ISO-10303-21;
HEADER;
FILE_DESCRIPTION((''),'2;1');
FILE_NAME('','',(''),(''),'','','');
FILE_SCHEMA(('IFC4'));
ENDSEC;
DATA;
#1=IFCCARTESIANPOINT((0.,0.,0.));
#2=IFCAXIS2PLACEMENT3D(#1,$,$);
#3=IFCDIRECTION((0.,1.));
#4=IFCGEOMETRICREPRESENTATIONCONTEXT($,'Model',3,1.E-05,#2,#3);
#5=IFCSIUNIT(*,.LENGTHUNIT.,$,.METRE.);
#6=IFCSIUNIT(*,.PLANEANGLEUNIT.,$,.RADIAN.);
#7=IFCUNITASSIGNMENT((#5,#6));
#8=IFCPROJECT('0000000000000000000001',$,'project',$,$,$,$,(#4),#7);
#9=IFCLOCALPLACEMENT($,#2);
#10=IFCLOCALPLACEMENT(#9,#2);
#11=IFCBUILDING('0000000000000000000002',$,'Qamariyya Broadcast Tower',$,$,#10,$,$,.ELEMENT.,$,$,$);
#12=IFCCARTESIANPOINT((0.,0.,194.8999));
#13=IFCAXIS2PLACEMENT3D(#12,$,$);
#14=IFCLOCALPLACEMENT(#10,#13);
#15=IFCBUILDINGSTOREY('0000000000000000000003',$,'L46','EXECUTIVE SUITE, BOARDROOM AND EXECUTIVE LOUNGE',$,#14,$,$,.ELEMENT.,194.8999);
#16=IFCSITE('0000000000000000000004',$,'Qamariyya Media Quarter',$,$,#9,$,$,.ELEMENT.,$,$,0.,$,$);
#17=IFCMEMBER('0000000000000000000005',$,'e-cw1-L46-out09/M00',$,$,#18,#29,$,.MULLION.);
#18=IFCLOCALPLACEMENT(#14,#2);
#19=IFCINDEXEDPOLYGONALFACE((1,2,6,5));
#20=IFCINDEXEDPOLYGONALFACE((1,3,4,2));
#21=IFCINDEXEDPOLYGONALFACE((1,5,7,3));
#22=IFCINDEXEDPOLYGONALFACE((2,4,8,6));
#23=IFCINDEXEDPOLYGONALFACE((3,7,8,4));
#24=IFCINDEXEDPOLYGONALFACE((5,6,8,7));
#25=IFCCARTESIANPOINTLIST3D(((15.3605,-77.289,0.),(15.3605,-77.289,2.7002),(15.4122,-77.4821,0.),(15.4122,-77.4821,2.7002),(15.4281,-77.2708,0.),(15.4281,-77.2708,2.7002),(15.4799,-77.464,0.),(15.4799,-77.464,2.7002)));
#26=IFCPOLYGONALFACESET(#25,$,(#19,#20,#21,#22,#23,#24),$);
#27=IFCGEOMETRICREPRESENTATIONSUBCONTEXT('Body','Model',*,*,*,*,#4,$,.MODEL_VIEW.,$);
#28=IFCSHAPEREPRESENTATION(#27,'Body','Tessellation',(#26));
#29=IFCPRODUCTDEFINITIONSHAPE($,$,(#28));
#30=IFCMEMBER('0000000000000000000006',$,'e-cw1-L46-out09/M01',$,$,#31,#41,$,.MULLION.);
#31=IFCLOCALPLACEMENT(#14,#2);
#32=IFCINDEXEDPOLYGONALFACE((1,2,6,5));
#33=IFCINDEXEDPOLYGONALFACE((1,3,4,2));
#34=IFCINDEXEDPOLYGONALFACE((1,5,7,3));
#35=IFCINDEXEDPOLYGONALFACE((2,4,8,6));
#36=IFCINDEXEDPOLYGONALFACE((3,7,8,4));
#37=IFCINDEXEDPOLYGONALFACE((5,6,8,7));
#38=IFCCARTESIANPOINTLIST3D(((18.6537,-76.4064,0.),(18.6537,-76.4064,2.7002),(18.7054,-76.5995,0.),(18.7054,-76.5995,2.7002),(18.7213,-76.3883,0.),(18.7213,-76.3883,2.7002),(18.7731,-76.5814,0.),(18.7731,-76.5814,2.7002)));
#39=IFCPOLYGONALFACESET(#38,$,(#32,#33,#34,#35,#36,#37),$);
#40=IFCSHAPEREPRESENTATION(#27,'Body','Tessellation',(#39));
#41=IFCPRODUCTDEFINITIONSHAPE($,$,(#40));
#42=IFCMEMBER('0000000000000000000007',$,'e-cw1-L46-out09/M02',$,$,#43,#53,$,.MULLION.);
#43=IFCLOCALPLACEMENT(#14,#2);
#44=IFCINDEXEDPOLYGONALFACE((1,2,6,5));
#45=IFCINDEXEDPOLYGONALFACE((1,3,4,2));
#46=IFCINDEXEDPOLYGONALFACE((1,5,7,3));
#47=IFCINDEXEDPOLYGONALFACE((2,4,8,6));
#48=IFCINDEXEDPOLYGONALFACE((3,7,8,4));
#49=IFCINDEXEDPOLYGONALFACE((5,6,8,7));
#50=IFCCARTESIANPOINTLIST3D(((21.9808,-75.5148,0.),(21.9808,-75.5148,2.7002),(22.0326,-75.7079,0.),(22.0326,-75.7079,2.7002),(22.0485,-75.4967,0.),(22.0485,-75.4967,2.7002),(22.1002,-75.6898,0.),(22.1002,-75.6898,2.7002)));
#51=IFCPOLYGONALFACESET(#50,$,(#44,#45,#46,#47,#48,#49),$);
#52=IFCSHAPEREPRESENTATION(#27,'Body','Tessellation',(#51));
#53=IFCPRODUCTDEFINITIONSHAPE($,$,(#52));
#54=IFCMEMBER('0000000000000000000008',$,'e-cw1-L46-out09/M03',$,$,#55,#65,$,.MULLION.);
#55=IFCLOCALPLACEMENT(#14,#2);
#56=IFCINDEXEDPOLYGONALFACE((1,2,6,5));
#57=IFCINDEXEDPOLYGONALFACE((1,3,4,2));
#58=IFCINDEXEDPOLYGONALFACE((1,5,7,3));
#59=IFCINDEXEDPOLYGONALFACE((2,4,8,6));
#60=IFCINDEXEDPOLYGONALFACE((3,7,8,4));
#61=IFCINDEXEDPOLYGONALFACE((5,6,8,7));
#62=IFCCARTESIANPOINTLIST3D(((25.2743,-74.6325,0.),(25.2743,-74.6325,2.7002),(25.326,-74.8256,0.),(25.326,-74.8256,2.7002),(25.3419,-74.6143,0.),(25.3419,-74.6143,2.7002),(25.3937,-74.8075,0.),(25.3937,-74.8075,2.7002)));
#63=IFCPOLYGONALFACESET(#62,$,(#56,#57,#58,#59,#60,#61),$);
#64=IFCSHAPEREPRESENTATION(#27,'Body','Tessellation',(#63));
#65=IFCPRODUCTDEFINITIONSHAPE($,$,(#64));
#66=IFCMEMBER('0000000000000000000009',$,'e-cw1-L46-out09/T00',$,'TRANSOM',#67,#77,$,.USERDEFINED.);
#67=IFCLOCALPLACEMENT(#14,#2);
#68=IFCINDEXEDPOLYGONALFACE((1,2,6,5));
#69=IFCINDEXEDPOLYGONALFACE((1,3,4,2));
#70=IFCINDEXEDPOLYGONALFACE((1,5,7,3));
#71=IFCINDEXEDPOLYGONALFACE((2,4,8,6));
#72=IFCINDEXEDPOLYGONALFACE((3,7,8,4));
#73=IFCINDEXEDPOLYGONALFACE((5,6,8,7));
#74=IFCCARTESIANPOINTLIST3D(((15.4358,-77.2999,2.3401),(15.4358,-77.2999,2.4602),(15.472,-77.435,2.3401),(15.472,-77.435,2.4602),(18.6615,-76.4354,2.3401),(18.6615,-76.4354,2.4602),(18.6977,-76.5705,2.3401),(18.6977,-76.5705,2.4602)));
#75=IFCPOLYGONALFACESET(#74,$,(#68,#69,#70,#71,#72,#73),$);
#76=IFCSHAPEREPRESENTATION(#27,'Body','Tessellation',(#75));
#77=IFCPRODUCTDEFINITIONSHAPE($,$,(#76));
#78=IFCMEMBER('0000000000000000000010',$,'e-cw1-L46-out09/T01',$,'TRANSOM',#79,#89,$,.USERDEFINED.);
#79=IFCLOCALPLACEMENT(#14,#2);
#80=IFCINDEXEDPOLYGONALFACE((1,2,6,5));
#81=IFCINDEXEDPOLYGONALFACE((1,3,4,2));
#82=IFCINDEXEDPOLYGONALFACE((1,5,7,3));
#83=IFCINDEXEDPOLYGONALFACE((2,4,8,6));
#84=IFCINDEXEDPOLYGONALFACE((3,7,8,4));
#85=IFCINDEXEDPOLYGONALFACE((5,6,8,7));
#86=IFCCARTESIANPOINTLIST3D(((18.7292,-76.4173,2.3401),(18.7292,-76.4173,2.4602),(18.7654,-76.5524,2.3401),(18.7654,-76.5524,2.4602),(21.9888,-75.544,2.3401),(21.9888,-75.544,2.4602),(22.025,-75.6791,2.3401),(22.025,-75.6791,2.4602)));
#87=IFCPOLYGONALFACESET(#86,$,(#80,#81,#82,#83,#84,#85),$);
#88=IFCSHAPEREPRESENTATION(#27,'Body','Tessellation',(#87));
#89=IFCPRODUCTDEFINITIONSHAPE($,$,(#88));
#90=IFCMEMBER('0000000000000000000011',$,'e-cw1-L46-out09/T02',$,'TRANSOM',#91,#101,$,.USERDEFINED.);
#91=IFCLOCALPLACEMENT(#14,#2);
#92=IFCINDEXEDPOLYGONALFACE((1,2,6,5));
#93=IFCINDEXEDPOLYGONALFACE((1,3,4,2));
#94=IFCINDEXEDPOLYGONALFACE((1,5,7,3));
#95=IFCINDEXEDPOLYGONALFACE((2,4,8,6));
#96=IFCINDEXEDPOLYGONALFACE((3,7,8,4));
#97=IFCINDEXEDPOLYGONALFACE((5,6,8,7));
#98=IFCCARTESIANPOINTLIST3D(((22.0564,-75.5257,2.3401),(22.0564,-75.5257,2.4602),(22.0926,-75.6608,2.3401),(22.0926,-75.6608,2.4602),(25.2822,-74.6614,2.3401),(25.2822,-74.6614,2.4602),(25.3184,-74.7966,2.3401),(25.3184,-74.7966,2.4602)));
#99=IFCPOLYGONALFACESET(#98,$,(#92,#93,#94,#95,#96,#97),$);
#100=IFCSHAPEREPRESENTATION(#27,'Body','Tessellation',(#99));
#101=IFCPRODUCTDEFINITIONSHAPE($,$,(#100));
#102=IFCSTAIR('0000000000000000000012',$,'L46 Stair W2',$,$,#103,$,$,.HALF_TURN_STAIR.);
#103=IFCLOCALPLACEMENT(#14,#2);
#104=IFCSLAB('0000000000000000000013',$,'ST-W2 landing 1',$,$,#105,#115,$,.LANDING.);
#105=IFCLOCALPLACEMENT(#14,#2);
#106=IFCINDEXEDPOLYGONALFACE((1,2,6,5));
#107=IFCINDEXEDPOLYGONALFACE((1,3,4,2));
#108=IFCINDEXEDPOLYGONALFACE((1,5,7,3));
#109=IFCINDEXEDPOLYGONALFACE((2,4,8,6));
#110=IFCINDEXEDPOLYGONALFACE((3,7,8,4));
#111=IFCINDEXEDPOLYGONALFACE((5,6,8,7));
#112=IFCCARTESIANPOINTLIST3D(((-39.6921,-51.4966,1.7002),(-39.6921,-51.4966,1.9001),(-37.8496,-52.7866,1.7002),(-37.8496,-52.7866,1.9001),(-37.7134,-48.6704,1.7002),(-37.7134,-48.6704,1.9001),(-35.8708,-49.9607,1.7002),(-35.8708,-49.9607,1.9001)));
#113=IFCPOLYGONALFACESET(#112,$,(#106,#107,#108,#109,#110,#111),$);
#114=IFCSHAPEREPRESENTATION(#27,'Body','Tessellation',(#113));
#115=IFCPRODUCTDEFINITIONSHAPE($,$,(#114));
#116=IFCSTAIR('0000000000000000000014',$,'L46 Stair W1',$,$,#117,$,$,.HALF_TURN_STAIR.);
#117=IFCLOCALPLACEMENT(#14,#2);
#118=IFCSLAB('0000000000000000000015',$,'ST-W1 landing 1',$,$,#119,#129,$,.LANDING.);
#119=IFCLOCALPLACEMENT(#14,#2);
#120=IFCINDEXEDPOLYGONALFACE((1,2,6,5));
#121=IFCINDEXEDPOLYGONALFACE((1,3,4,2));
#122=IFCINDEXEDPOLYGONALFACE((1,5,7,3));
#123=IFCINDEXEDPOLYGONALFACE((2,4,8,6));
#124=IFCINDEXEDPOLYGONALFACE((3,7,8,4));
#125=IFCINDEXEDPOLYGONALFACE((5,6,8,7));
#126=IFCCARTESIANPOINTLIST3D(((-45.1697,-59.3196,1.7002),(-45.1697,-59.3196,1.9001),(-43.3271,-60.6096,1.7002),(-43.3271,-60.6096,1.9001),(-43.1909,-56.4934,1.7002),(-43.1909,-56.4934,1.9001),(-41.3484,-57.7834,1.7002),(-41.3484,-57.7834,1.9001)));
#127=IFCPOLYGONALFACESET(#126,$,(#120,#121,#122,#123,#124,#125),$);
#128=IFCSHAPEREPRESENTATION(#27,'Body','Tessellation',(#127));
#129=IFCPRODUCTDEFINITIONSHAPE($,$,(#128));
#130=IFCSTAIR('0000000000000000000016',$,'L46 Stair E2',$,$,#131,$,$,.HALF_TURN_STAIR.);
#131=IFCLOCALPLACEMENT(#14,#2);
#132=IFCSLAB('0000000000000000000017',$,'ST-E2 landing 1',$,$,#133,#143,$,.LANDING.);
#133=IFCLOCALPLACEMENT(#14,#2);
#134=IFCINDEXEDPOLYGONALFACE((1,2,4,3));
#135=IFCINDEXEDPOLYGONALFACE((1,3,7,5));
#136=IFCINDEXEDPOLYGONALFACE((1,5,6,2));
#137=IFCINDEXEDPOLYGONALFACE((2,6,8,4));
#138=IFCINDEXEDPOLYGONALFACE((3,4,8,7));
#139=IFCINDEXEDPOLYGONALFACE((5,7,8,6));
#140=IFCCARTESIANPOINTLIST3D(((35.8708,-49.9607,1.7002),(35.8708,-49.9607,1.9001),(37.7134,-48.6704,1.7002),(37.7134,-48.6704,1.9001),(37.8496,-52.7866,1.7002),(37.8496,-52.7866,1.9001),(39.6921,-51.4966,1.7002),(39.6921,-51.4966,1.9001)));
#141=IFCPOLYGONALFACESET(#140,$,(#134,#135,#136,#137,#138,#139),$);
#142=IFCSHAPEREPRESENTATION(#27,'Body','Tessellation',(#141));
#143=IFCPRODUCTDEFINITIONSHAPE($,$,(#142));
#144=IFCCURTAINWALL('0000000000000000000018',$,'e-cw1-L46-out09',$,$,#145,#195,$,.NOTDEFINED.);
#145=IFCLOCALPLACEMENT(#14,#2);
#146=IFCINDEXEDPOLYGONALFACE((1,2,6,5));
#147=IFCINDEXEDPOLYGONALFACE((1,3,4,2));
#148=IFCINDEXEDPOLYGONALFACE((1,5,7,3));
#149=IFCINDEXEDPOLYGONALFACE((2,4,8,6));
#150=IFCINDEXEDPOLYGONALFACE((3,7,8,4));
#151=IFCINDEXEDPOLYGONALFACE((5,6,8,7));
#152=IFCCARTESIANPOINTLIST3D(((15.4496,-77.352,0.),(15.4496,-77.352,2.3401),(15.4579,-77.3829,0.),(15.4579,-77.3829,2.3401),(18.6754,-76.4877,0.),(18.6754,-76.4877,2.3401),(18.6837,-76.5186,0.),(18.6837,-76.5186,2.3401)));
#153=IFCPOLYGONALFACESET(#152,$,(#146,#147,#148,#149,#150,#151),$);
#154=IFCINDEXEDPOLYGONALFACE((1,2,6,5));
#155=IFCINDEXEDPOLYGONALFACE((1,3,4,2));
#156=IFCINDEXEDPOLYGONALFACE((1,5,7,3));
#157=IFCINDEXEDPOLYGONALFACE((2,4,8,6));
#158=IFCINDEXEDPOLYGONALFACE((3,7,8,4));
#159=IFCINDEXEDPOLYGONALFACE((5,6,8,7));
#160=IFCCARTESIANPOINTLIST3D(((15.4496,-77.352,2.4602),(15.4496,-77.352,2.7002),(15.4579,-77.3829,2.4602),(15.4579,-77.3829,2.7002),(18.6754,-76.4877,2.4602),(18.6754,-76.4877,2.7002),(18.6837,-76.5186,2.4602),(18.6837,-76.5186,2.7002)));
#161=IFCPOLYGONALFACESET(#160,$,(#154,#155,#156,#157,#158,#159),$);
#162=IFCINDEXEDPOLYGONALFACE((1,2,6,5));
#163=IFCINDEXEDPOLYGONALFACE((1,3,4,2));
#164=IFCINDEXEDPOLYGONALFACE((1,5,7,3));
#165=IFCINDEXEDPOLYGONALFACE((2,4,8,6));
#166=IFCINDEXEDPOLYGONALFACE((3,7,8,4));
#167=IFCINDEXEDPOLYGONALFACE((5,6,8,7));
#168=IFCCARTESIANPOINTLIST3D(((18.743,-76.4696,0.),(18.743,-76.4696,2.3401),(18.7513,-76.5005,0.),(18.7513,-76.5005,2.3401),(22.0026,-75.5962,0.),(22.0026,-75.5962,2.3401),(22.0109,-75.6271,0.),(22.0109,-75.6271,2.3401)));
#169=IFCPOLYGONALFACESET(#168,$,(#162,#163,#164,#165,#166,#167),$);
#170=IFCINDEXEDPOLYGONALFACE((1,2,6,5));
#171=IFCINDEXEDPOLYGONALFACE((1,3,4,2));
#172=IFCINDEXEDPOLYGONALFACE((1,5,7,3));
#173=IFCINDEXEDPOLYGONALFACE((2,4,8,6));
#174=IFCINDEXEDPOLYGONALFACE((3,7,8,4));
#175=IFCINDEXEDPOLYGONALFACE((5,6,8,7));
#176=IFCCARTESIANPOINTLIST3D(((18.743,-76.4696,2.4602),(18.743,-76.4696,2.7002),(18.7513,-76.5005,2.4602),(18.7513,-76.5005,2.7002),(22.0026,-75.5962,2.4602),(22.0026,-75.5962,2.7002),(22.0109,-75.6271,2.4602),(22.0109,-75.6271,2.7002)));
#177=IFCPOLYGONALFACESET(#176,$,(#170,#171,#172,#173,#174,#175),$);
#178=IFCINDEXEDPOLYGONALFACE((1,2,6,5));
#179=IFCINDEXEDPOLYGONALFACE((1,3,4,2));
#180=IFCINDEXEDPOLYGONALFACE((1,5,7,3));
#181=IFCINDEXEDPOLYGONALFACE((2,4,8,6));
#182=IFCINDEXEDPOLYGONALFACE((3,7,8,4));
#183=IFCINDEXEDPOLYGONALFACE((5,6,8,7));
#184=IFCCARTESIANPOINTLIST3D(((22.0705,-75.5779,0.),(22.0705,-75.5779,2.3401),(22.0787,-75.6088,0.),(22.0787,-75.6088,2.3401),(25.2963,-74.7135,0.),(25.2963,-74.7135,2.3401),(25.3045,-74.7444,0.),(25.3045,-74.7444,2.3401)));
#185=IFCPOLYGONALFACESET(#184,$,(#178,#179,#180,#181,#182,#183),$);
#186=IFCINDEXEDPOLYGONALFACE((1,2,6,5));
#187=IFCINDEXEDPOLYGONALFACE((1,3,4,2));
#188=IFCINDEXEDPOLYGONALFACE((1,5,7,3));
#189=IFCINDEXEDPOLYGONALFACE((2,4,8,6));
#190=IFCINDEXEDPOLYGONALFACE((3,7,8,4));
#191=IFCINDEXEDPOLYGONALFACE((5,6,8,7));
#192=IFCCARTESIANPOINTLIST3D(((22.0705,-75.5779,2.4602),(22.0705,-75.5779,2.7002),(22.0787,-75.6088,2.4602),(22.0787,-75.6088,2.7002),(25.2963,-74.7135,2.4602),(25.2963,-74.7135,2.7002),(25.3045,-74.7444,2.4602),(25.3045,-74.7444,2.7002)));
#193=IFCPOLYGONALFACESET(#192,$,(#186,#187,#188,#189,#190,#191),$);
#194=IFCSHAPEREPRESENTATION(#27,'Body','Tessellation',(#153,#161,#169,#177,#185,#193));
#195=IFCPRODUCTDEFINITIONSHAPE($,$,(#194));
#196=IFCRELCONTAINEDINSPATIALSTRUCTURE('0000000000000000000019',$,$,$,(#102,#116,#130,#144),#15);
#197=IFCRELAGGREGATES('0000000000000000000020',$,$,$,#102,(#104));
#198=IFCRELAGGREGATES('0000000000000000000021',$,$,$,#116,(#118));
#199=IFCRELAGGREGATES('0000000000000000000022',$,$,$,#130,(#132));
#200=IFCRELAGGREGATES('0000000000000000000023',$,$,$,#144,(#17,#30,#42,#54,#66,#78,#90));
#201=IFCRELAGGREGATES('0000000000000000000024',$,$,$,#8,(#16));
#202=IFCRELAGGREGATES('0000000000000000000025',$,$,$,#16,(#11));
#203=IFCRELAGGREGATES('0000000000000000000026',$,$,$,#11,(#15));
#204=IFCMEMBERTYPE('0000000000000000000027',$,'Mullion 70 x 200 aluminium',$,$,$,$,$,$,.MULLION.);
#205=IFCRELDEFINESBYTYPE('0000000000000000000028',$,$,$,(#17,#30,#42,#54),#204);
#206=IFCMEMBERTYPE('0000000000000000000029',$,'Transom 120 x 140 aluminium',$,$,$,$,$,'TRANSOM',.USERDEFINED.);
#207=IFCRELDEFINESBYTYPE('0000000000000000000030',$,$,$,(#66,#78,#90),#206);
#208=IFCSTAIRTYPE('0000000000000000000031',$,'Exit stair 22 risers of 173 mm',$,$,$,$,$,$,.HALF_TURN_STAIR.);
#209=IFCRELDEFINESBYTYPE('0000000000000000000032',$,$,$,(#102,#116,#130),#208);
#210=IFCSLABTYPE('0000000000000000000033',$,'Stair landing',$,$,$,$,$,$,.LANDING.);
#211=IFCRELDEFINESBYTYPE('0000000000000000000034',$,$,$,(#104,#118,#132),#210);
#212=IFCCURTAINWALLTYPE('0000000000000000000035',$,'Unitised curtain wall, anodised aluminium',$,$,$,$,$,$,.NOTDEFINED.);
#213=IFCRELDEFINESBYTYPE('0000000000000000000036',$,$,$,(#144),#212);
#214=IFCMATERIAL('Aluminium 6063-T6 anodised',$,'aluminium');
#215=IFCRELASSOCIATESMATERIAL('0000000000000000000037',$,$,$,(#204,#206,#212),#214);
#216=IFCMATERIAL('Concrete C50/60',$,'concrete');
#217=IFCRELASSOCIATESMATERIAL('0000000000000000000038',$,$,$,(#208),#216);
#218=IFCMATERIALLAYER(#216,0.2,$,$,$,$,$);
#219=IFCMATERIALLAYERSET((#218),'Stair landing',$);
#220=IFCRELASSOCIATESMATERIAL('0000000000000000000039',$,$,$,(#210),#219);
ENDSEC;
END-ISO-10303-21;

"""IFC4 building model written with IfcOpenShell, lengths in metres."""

from ifc_helpers import new_model, si_unit, direction, frame, origin, origin_2d, place, context, subcontext, project, spatial, polyline, rectangle, outline, extrude, material, layer, layer_set, material_profile, profile_set, type_object, element, aggregate, save


model = new_model("IFC4")

# Units and contexts
model_context = context("Model", 3, precision=1e-05, world=origin(), true_north=direction((0.0, 1.0)))
body_context = subcontext(model_context, "Body", "Model", "MODEL_VIEW")
ifc_project = project(units=[si_unit("LENGTHUNIT", "METRE"), si_unit("PLANEANGLEUNIT", "RADIAN")], contexts=[model_context])

# Members
ifc_material_1 = material(Name="Aluminium 6063-T6 anodised", Category="aluminium")
ifc_material_profile_1 = material_profile(ifc_material_1, rectangle(XDim=0.2, YDim=0.0701, at=origin_2d()))
ifc_profile_set_1 = profile_set([ifc_material_profile_1], Name="Aluminium 6063-T6 anodised")
member_type_1 = type_object("IfcMemberType", Name="Mullion 70 x 200 aluminium", PredefinedType="MULLION", material=ifc_profile_set_1)
site_placement = place(None, origin())
building_placement = place(site_placement, origin())
storey_placement = place(building_placement, frame((0.0, 0.0, 194.8999)))
member_1_placement = place(storey_placement, frame((15.4202, -77.3765, 0.0), z_axis=(0.0, 0.0, 1.0), x_axis=(-0.258819, 0.965926, 0.0)))
member_1 = element("IfcMember", 1, at=member_1_placement, type_object=member_type_1, Name="e-cw1-L46-out09/M00", PredefinedType="MULLION", context=body_context, shape_type="SweptSolid", body=[
    extrude(rectangle(XDim=0.2, YDim=0.0701, at=origin_2d()), origin(), (0.0, 0.0, 1.0), 2.7002),
])
member_2_placement = place(storey_placement, frame((18.7134, -76.4939, 0.0), z_axis=(0.0, 0.0, 1.0), x_axis=(-0.258819, 0.965926, 0.0)))
member_2 = element("IfcMember", 2, at=member_2_placement, type_object=member_type_1, Name="e-cw1-L46-out09/M01", PredefinedType="MULLION", context=body_context, shape_type="SweptSolid", body=[
    extrude(rectangle(XDim=0.2, YDim=0.0701, at=origin_2d()), origin(), (0.0, 0.0, 1.0), 2.7002),
])
member_3_placement = place(storey_placement, frame((22.0405, -75.6023, 0.0), z_axis=(0.0, 0.0, 1.0), x_axis=(-0.258819, 0.965926, 0.0)))
member_3 = element("IfcMember", 3, at=member_3_placement, type_object=member_type_1, Name="e-cw1-L46-out09/M02", PredefinedType="MULLION", context=body_context, shape_type="SweptSolid", body=[
    extrude(rectangle(XDim=0.2, YDim=0.0701, at=origin_2d()), origin(), (0.0, 0.0, 1.0), 2.7002),
])
member_4_placement = place(storey_placement, frame((25.334, -74.72, 0.0), z_axis=(0.0, 0.0, 1.0), x_axis=(-0.258819, 0.965926, 0.0)))
member_4 = element("IfcMember", 4, at=member_4_placement, type_object=member_type_1, Name="e-cw1-L46-out09/M03", PredefinedType="MULLION", context=body_context, shape_type="SweptSolid", body=[
    extrude(rectangle(XDim=0.2, YDim=0.0701, at=origin_2d()), origin(), (0.0, 0.0, 1.0), 2.7002),
])
ifc_material_profile_2 = material_profile(ifc_material_1, rectangle(XDim=0.1399, YDim=0.1201, at=origin_2d()))
ifc_profile_set_2 = profile_set([ifc_material_profile_2], Name="Aluminium 6063-T6 anodised")
member_type_2 = type_object("IfcMemberType", Name="Transom 120 x 140 aluminium", ElementType="TRANSOM", PredefinedType="USERDEFINED", material=ifc_profile_set_2)
member_5_placement = place(storey_placement, frame((15.4539, -77.3674, 2.4001), z_axis=(0.965915, 0.258859, 0.0), x_axis=(-0.258859, 0.965915, 0.0)))
member_5 = element("IfcMember", 5, at=member_5_placement, type_object=member_type_2, Name="e-cw1-L46-out09/T00", ObjectType="TRANSOM", PredefinedType="USERDEFINED", context=body_context, shape_type="SweptSolid", body=[
    extrude(rectangle(XDim=0.1399, YDim=0.1201, at=origin_2d()), origin(), (0.0, 0.0, 1.0), 3.3396),
])
member_6_placement = place(storey_placement, frame((18.7473, -76.4849, 2.4001), z_axis=(0.965933, 0.258793, 0.0), x_axis=(-0.258793, 0.965933, 0.0)))
member_6 = element("IfcMember", 6, at=member_6_placement, type_object=member_type_2, Name="e-cw1-L46-out09/T01", ObjectType="TRANSOM", PredefinedType="USERDEFINED", context=body_context, shape_type="SweptSolid", body=[
    extrude(rectangle(XDim=0.1399, YDim=0.1201, at=origin_2d()), origin(), (0.0, 0.0, 1.0), 3.3745),
])
member_7_placement = place(storey_placement, frame((22.0745, -75.5933, 2.4001), z_axis=(0.965933, 0.258791, 0.0), x_axis=(-0.258791, 0.965933, 0.0)))
member_7 = element("IfcMember", 7, at=member_7_placement, type_object=member_type_2, Name="e-cw1-L46-out09/T02", ObjectType="TRANSOM", PredefinedType="USERDEFINED", context=body_context, shape_type="SweptSolid", body=[
    extrude(rectangle(XDim=0.1399, YDim=0.1201, at=origin_2d()), origin(), (0.0, 0.0, 1.0), 3.3396),
])

# Site, building, storey
site = spatial("IfcSite", under=ifc_project, at=site_placement, Name="Qamariyya Media Quarter", CompositionType="ELEMENT", RefElevation=0.0)
building = spatial("IfcBuilding", under=site, at=building_placement, Name="Qamariyya Broadcast Tower", CompositionType="ELEMENT")
storey = spatial("IfcBuildingStorey", under=building, at=storey_placement, Name="L46", Description="EXECUTIVE SUITE, BOARDROOM AND EXECUTIVE LOUNGE", CompositionType="ELEMENT", Elevation=194.8999)

# Stairs, slabs
ifc_material_2 = material(Name="Concrete C50/60", Category="concrete")
stair_type = type_object("IfcStairType", Name="Exit stair 22 risers of 173 mm", PredefinedType="HALF_TURN_STAIR", material=ifc_material_2)
stair_1_placement = place(storey_placement, origin())
stair_1 = element("IfcStair", 8, at=stair_1_placement, inside=storey, type_object=stair_type, Name="L46 Stair W2", PredefinedType="HALF_TURN_STAIR")
ifc_layer = layer(ifc_material_2, 0.2)
ifc_layer_set = layer_set([ifc_layer], Name="Stair landing")
slab_type = type_object("IfcSlabType", Name="Stair landing", PredefinedType="LANDING", material=ifc_layer_set)
slab_1_placement = place(storey_placement, frame((0.0, 0.0, 1.7002)))
slab_1 = element("IfcSlab", 9, at=slab_1_placement, type_object=slab_type, Name="ST-W2 landing 1", PredefinedType="LANDING", context=body_context, shape_type="SweptSolid", body=[
    extrude(outline(polyline([(-39.6921, -51.4966), (-37.8496, -52.7866), (-35.8708, -49.9607), (-37.7134, -48.6704), (-39.6921, -51.4966)])), origin(), (0.0, 0.0, 1.0), 0.2),
])
aggregate(stair_1, [slab_1])
stair_2_placement = place(storey_placement, origin())
stair_2 = element("IfcStair", 10, at=stair_2_placement, inside=storey, type_object=stair_type, Name="L46 Stair W1", PredefinedType="HALF_TURN_STAIR")
slab_2_placement = place(storey_placement, frame((0.0, 0.0, 1.7002)))
slab_2 = element("IfcSlab", 11, at=slab_2_placement, type_object=slab_type, Name="ST-W1 landing 1", PredefinedType="LANDING", context=body_context, shape_type="SweptSolid", body=[
    extrude(outline(polyline([(-45.1697, -59.3196), (-43.3271, -60.6096), (-41.3484, -57.7834), (-43.1909, -56.4934), (-45.1697, -59.3196)])), origin(), (0.0, 0.0, 1.0), 0.2),
])
aggregate(stair_2, [slab_2])
stair_3_placement = place(storey_placement, origin())
stair_3 = element("IfcStair", 12, at=stair_3_placement, inside=storey, type_object=stair_type, Name="L46 Stair E2", PredefinedType="HALF_TURN_STAIR")
slab_3_placement = place(storey_placement, frame((0.0, 0.0, 1.7002)))
slab_3 = element("IfcSlab", 13, at=slab_3_placement, type_object=slab_type, Name="ST-E2 landing 1", PredefinedType="LANDING", context=body_context, shape_type="SweptSolid", body=[
    extrude(outline(polyline([(37.7134, -48.6704), (35.8708, -49.9607), (37.8496, -52.7866), (39.6921, -51.4966), (37.7134, -48.6704)])), origin(), (0.0, 0.0, 1.0), 0.2),
])
aggregate(stair_3, [slab_3])

# Curtain wall
curtain_wall_type = type_object("IfcCurtainWallType", Name="Unitised curtain wall, anodised aluminium", PredefinedType="NOTDEFINED", material=ifc_material_1)
curtain_wall_1_placement = place(storey_placement, origin())
curtain_wall_1 = element("IfcCurtainWall", 14, at=curtain_wall_1_placement, inside=storey, type_object=curtain_wall_type, Name="e-cw1-L46-out09", PredefinedType="NOTDEFINED", context=body_context, shape_type="SweptSolid", body=[
    extrude(rectangle(XDim=3.3396, YDim=0.032, at=origin_2d()), frame((17.0667, -76.9353, 0.0), x_axis=(0.965926, 0.258817, 0.0)), (0.0, 0.0, 1.0), 2.3401),
    extrude(rectangle(XDim=3.3396, YDim=0.032, at=origin_2d()), frame((17.0667, -76.9353, 2.4602), x_axis=(0.965926, 0.258817, 0.0)), (0.0, 0.0, 1.0), 0.24),
    extrude(rectangle(XDim=3.3745, YDim=0.032, at=origin_2d()), frame((20.377, -76.0483, 0.0), x_axis=(0.965926, 0.258817, 0.0)), (0.0, 0.0, 1.0), 2.3401),
    extrude(rectangle(XDim=3.3745, YDim=0.032, at=origin_2d()), frame((20.377, -76.0483, 2.4602), x_axis=(0.965926, 0.258817, 0.0)), (0.0, 0.0, 1.0), 0.24),
    extrude(rectangle(XDim=3.3396, YDim=0.032, at=origin_2d()), frame((23.6875, -75.1611, 0.0), x_axis=(0.965926, 0.258817, 0.0)), (0.0, 0.0, 1.0), 2.3401),
    extrude(rectangle(XDim=3.3396, YDim=0.032, at=origin_2d()), frame((23.6875, -75.1611, 2.4602), x_axis=(0.965926, 0.258817, 0.0)), (0.0, 0.0, 1.0), 0.24),
])
aggregate(curtain_wall_1, [member_1, member_2, member_3, member_4, member_5, member_6, member_7])

save(model, "model.ifc")
